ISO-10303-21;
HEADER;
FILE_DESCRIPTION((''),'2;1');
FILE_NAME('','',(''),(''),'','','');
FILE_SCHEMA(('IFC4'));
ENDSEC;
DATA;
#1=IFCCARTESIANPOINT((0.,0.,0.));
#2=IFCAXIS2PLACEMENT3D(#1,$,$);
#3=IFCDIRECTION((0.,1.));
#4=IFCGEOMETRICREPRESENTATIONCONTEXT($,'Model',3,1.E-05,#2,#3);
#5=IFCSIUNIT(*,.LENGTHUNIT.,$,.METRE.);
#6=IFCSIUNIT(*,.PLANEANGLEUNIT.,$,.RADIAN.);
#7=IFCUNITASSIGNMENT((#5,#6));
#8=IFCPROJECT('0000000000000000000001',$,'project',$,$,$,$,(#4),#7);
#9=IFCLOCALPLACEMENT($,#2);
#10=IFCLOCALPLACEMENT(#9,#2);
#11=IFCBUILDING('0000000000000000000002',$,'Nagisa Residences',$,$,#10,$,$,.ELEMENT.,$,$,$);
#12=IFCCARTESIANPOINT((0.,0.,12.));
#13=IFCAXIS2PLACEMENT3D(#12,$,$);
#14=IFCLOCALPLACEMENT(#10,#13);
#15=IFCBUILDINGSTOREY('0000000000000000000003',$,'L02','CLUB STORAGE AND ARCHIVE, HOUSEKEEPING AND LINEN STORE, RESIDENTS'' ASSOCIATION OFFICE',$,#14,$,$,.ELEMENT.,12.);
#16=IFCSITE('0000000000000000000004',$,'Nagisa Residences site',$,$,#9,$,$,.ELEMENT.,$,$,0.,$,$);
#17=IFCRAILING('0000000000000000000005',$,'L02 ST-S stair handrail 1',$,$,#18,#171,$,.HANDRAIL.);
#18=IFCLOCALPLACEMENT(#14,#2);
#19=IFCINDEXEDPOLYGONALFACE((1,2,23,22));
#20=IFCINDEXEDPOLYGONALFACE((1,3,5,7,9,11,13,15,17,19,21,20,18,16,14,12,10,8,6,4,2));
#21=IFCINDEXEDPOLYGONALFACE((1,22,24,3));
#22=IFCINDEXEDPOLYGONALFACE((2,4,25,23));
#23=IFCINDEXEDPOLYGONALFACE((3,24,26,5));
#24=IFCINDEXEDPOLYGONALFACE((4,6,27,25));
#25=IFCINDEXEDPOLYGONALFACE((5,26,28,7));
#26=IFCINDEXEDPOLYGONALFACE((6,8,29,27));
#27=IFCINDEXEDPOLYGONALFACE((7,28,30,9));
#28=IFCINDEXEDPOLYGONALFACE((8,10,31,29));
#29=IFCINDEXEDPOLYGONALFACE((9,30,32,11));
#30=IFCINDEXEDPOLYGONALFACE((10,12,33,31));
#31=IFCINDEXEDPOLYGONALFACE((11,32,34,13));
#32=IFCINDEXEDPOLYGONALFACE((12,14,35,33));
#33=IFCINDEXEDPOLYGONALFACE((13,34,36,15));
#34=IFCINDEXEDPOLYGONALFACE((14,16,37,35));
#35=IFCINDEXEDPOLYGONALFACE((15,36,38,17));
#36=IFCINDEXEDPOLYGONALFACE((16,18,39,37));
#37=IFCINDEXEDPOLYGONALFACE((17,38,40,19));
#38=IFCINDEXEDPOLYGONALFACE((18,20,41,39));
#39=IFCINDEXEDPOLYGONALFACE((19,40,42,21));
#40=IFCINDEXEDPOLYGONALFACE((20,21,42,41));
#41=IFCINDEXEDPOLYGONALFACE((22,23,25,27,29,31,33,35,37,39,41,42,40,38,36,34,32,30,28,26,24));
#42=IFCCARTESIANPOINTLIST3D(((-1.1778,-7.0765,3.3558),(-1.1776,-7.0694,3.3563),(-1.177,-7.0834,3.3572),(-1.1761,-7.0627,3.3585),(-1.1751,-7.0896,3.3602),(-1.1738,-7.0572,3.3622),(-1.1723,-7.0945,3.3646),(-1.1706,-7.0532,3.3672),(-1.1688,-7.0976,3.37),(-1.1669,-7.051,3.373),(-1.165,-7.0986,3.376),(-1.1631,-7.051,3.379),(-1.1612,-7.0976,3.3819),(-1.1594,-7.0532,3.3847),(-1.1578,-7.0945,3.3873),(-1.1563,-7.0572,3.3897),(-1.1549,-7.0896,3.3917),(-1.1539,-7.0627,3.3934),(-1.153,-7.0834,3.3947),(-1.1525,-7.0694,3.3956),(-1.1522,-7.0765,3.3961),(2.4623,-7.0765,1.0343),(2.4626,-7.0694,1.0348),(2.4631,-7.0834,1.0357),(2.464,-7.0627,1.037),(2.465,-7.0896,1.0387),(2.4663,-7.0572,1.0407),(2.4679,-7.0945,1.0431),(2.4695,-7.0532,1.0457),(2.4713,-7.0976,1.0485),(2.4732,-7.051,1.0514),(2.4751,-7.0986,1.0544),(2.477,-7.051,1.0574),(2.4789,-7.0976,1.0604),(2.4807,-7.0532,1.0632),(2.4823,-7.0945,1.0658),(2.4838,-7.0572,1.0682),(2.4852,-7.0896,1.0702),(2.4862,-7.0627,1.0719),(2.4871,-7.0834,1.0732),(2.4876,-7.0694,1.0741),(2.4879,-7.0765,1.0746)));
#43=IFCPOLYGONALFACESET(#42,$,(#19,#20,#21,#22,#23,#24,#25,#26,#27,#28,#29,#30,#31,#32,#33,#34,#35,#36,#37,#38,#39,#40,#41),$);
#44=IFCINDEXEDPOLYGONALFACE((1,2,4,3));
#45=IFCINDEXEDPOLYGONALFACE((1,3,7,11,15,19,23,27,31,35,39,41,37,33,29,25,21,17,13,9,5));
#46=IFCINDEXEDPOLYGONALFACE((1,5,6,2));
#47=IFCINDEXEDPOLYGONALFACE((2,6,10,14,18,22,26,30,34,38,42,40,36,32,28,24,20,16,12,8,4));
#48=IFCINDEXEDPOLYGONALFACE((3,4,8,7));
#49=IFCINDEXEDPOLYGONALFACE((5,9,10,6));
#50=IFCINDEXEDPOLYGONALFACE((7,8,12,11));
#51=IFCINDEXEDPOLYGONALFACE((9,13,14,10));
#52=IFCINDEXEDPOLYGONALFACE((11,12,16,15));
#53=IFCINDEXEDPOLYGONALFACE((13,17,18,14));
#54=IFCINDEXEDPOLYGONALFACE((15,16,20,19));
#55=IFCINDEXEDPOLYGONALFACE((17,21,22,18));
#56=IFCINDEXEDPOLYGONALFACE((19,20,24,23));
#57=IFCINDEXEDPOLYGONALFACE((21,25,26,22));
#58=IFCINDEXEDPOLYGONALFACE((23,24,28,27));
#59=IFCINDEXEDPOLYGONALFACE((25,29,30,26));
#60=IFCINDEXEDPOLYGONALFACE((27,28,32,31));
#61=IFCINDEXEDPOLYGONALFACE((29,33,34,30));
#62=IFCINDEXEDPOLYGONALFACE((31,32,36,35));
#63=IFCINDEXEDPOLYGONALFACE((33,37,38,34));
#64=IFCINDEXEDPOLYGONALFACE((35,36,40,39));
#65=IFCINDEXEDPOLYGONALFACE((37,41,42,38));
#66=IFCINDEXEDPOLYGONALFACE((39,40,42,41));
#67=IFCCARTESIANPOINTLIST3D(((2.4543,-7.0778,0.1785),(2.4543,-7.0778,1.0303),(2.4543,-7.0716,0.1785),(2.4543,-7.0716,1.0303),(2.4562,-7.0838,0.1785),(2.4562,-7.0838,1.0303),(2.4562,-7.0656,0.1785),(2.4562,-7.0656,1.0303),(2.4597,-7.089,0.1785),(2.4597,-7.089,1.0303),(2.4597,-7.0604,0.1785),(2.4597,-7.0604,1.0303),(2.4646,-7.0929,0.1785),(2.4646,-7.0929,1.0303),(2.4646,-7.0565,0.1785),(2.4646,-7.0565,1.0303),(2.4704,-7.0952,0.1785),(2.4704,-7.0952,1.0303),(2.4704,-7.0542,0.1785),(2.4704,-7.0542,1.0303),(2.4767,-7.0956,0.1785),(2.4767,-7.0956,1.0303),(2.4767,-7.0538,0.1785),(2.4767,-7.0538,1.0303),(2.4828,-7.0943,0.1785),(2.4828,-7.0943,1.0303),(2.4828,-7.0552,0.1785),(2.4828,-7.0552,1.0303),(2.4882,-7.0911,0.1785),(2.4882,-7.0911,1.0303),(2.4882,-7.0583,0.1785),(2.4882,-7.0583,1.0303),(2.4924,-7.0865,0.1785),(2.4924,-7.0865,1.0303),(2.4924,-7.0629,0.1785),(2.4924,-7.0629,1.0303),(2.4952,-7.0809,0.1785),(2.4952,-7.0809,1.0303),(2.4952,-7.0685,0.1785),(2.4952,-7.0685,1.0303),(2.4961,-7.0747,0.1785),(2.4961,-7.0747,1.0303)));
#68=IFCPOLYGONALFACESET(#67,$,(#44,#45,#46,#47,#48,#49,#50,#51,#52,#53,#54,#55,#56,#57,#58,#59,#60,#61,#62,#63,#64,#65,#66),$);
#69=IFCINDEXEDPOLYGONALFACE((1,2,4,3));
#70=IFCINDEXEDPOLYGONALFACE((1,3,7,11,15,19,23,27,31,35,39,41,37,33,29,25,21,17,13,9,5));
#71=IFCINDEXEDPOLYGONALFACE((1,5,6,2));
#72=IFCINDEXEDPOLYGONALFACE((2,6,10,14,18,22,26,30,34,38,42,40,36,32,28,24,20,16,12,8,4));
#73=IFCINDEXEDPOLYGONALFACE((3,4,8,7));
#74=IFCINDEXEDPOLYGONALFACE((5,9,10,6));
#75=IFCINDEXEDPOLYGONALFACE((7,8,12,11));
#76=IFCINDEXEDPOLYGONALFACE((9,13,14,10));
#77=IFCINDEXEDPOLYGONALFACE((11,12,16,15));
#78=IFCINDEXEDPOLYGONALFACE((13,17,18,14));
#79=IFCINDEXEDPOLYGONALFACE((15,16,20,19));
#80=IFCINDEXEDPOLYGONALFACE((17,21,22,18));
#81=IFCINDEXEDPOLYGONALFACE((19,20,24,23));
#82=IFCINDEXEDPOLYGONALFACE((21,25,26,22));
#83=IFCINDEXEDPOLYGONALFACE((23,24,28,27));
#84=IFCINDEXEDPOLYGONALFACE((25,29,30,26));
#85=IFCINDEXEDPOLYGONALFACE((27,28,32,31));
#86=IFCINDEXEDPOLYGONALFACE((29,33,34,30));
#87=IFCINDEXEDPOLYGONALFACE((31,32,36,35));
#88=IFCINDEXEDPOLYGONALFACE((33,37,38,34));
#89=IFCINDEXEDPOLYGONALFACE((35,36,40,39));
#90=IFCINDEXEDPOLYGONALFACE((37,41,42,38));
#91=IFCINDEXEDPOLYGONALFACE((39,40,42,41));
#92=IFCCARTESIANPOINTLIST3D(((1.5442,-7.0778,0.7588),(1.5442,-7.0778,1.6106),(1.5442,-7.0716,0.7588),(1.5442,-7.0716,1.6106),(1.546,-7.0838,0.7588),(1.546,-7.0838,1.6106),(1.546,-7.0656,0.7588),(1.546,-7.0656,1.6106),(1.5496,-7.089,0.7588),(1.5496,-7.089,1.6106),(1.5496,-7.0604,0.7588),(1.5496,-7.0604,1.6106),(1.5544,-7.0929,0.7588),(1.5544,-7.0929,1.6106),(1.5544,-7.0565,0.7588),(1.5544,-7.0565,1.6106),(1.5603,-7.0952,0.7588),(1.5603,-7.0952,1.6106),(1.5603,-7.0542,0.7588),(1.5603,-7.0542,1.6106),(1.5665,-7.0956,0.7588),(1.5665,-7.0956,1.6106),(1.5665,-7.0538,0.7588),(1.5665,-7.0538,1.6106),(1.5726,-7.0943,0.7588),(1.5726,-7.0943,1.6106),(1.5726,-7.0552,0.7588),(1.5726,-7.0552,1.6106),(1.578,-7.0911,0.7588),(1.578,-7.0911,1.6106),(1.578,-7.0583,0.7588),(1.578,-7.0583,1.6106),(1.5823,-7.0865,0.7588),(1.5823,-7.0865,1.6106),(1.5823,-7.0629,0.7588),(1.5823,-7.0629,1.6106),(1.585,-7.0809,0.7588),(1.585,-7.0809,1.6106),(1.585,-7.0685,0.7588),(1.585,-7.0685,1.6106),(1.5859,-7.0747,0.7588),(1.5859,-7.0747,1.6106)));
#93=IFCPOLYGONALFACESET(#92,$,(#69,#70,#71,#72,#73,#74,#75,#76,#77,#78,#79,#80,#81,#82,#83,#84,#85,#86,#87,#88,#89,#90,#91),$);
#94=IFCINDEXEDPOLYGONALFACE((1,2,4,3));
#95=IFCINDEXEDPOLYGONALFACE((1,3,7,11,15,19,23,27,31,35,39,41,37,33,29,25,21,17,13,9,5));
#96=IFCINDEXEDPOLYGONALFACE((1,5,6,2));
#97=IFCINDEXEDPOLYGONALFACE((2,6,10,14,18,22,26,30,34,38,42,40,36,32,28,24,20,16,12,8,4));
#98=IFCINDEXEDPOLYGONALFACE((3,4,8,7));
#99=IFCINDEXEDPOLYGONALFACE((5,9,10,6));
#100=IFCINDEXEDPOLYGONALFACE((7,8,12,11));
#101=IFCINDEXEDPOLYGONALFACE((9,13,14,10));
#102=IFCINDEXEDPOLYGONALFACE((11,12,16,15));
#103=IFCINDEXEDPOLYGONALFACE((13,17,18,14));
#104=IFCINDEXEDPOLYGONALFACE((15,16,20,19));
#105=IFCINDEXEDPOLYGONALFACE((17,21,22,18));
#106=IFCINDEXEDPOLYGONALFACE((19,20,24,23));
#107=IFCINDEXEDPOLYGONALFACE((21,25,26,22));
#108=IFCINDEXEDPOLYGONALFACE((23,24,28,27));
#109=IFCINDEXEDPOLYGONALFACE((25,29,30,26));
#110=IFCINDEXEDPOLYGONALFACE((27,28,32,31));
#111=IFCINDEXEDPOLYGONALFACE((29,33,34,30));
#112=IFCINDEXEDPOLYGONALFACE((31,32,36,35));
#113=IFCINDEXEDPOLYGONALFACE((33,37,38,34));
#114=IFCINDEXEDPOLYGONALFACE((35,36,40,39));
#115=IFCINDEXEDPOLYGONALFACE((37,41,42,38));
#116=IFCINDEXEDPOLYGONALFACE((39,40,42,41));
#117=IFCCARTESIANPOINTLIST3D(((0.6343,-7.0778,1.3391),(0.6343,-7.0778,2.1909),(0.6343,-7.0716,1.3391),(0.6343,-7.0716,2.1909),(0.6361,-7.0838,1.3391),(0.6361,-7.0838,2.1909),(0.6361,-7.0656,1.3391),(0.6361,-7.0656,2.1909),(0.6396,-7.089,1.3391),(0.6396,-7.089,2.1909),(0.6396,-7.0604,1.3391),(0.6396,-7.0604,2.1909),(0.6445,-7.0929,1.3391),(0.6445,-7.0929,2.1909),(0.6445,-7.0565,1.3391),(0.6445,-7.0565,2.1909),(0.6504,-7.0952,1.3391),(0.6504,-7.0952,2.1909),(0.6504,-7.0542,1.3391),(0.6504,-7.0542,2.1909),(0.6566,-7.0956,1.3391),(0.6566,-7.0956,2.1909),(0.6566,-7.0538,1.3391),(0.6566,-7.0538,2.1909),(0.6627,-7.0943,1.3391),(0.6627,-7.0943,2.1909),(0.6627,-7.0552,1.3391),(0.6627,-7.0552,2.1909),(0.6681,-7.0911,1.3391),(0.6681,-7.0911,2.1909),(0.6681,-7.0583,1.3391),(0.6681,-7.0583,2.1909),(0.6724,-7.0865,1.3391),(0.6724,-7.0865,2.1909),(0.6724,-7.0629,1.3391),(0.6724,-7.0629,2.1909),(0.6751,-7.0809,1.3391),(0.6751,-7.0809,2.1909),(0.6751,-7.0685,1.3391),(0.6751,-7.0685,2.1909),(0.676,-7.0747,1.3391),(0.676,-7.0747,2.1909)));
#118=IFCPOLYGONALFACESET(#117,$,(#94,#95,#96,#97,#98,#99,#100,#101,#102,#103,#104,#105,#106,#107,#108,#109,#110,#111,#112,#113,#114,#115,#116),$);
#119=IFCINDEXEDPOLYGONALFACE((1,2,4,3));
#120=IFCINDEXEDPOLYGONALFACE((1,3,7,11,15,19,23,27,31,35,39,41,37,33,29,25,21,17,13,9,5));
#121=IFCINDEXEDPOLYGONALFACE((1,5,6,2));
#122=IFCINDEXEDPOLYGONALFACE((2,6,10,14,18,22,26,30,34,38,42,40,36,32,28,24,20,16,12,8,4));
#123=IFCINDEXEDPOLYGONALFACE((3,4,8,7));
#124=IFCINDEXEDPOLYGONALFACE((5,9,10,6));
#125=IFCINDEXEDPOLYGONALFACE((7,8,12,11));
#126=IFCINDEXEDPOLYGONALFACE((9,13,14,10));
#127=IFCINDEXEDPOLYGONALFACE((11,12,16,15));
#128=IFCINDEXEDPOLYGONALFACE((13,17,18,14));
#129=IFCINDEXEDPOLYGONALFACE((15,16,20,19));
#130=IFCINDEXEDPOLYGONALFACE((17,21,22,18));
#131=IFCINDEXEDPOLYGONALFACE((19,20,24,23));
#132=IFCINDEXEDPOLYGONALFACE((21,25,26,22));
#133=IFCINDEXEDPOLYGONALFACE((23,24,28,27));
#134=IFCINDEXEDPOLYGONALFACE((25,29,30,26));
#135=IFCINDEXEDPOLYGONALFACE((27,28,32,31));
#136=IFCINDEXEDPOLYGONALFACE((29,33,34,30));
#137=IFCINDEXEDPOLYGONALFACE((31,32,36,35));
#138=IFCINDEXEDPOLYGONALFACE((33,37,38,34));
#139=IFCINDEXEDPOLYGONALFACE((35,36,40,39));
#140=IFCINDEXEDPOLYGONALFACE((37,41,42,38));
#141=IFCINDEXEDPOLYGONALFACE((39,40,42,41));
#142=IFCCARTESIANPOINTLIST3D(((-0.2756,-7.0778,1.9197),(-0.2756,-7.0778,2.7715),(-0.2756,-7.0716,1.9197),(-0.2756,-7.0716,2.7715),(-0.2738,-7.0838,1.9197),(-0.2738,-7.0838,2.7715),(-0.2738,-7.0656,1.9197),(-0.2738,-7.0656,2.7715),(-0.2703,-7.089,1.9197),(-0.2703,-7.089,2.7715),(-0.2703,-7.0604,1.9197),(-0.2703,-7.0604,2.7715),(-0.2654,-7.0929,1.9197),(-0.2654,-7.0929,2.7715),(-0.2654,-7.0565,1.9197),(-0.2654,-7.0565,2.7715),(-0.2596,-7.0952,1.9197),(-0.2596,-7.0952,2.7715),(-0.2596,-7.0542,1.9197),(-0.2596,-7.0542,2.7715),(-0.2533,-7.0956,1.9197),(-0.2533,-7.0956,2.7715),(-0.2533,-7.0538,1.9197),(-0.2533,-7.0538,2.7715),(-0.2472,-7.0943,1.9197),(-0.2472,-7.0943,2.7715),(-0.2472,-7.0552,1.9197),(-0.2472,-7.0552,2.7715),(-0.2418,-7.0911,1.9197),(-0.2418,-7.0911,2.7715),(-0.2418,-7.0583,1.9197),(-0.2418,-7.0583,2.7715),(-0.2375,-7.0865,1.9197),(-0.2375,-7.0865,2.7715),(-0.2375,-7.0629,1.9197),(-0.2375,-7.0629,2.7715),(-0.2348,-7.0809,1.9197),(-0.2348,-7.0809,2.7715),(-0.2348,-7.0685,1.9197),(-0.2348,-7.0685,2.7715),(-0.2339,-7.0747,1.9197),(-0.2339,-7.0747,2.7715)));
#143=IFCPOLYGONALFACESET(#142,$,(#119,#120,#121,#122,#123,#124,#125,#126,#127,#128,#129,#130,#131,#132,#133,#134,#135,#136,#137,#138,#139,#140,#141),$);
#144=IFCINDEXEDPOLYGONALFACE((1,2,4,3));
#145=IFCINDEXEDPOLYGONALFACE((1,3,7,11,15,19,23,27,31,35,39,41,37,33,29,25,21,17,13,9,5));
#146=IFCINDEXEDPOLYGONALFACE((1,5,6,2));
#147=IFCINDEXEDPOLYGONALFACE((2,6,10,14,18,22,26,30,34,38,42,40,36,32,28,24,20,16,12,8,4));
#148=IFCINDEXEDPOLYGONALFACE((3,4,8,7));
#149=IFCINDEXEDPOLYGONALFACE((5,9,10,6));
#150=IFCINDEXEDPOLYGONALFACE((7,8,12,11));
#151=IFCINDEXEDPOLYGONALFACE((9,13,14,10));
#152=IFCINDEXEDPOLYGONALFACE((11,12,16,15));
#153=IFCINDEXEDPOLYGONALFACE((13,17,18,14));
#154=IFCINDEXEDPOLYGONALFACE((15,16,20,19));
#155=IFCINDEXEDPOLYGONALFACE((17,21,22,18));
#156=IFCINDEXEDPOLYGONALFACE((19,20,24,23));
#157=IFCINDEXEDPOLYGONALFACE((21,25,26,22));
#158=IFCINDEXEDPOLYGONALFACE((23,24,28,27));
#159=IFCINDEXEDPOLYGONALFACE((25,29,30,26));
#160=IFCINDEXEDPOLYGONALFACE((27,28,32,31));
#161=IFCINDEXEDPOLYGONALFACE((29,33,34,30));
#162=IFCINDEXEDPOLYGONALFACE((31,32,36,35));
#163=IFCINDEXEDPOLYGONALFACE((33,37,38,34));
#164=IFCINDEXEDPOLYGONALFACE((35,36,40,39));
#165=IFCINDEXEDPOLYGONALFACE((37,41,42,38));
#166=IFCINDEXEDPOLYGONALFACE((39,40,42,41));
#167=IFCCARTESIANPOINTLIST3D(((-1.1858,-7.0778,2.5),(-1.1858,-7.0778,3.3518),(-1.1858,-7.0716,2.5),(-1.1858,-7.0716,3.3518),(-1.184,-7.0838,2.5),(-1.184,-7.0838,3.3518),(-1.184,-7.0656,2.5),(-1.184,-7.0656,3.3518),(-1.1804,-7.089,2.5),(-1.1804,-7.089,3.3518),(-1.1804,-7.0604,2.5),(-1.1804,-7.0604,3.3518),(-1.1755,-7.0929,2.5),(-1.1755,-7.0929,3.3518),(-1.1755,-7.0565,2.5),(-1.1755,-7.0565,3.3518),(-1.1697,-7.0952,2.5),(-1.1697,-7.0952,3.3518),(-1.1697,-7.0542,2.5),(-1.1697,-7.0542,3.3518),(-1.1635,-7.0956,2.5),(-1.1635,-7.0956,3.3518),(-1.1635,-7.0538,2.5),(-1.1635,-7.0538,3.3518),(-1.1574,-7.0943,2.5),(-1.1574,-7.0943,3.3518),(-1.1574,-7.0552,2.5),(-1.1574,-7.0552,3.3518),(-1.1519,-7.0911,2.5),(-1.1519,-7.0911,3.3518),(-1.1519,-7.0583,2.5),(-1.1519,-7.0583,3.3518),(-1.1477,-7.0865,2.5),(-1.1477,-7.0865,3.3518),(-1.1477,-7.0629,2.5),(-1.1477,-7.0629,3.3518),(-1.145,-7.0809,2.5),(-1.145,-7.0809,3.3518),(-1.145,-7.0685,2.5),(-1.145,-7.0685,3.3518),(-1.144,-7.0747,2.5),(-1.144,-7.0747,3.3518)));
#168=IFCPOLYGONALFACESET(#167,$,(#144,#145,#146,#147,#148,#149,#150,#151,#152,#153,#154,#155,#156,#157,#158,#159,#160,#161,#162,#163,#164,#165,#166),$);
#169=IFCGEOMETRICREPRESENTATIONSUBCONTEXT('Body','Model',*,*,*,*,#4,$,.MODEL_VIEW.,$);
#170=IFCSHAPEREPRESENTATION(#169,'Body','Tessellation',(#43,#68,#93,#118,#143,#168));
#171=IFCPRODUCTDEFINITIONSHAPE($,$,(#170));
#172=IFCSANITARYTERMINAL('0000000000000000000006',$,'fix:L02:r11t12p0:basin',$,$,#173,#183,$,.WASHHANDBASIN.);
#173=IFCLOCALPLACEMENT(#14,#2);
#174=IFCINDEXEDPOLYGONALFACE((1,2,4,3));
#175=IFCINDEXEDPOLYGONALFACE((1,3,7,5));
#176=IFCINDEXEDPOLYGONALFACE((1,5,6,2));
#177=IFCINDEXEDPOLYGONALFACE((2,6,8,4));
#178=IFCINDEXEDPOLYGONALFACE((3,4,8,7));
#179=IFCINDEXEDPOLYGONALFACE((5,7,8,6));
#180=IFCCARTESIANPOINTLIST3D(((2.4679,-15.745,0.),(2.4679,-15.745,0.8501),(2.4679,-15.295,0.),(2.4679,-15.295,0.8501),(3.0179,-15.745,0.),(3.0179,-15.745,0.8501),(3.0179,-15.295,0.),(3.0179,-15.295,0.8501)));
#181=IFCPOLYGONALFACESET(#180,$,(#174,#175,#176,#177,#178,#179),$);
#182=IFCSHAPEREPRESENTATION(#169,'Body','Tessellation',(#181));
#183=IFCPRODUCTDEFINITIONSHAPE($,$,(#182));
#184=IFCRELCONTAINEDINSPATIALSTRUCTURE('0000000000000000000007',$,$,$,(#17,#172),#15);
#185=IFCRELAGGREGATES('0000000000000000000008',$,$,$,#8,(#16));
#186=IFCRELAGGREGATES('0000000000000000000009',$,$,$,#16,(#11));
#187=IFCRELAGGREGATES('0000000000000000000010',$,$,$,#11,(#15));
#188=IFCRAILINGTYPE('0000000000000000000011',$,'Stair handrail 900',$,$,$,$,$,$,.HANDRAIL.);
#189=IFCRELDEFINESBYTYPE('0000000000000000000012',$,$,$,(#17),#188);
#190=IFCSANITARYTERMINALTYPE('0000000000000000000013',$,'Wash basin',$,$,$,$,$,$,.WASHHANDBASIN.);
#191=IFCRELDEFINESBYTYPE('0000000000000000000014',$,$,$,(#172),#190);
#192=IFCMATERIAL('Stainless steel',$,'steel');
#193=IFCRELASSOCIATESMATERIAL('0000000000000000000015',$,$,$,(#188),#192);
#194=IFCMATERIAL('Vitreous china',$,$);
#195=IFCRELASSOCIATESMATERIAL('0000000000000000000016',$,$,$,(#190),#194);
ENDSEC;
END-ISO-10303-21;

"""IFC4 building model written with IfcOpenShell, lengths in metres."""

from ifc_helpers import new_model, si_unit, direction, frame, origin, origin_2d, place, context, subcontext, project, spatial, rectangle, circle, extrude, material, type_object, element, save


model = new_model("IFC4")

# Units and contexts
model_context = context("Model", 3, precision=1e-05, world=origin(), true_north=direction((0.0, 1.0)))
body_context = subcontext(model_context, "Body", "Model", "MODEL_VIEW")
ifc_project = project(units=[si_unit("LENGTHUNIT", "METRE"), si_unit("PLANEANGLEUNIT", "RADIAN")], contexts=[model_context])

# Site, building, storey
site_placement = place(None, origin())
site = spatial("IfcSite", under=ifc_project, at=site_placement, Name="Nagisa Residences site", CompositionType="ELEMENT", RefElevation=0.0)
building_placement = place(site_placement, origin())
building = spatial("IfcBuilding", under=site, at=building_placement, Name="Nagisa Residences", CompositionType="ELEMENT")
storey_placement = place(building_placement, frame((0.0, 0.0, 12.0)))
storey = spatial("IfcBuildingStorey", under=building, at=storey_placement, Name="L02", Description="CLUB STORAGE AND ARCHIVE, HOUSEKEEPING AND LINEN STORE, RESIDENTS' ASSOCIATION OFFICE", CompositionType="ELEMENT", Elevation=12.0)

# Railing
ifc_material_1 = material(Name="Stainless steel", Category="steel")
railing_type_1 = type_object("IfcRailingType", Name="Stair handrail 900", PredefinedType="HANDRAIL", material=ifc_material_1)
railing_1_placement = place(storey_placement, frame((2.4751, -7.0747, 0.1785)))
element("IfcRailing", 1, at=railing_1_placement, inside=storey, type_object=railing_type_1, Name="L02 ST-S stair handrail 1", PredefinedType="HANDRAIL", context=body_context, shape_type="SweptSolid", body=[
    extrude(circle(Radius=0.0239, at=origin_2d()), frame((0.0, 0.0, 0.876), z_axis=(-0.843128, 0.0, 0.537713), x_axis=(0.0, -1.0, 0.0)), (0.0, 0.0, 1.0), 4.3174),
    extrude(circle(Radius=0.021, at=origin_2d()), origin(), (0.0, 0.0, 1.0), 0.8518),
    extrude(circle(Radius=0.021, at=origin_2d()), frame((-0.9102, 0.0, 0.5803)), (0.0, 0.0, 1.0), 0.8518),
    extrude(circle(Radius=0.021, at=origin_2d()), frame((-1.8201, 0.0, 1.1606)), (0.0, 0.0, 1.0), 0.8518),
    extrude(circle(Radius=0.021, at=origin_2d()), frame((-2.73, 0.0, 1.7412)), (0.0, 0.0, 1.0), 0.8518),
    extrude(circle(Radius=0.021, at=origin_2d()), frame((-3.6401, 0.0, 2.3215)), (0.0, 0.0, 1.0), 0.8518),
])

# Sanitary terminal
ifc_material_2 = material(Name="Vitreous china")
sanitary_terminal_type = type_object("IfcSanitaryTerminalType", Name="Wash basin", PredefinedType="WASHHANDBASIN", material=ifc_material_2)
sanitary_terminal_placement = place(storey_placement, frame((2.7429, -15.52, 0.0), z_axis=(0.0, 0.0, 1.0), x_axis=(1.0, 0.0, 0.0)))
element("IfcSanitaryTerminal", 2, at=sanitary_terminal_placement, inside=storey, type_object=sanitary_terminal_type, Name="fix:L02:r11t12p0:basin", PredefinedType="WASHHANDBASIN", context=body_context, shape_type="SweptSolid", body=[
    extrude(rectangle(XDim=0.55, YDim=0.45, at=origin_2d()), origin(), (0.0, 0.0, 1.0), 0.8501),
])

save(model, "model.ifc")
